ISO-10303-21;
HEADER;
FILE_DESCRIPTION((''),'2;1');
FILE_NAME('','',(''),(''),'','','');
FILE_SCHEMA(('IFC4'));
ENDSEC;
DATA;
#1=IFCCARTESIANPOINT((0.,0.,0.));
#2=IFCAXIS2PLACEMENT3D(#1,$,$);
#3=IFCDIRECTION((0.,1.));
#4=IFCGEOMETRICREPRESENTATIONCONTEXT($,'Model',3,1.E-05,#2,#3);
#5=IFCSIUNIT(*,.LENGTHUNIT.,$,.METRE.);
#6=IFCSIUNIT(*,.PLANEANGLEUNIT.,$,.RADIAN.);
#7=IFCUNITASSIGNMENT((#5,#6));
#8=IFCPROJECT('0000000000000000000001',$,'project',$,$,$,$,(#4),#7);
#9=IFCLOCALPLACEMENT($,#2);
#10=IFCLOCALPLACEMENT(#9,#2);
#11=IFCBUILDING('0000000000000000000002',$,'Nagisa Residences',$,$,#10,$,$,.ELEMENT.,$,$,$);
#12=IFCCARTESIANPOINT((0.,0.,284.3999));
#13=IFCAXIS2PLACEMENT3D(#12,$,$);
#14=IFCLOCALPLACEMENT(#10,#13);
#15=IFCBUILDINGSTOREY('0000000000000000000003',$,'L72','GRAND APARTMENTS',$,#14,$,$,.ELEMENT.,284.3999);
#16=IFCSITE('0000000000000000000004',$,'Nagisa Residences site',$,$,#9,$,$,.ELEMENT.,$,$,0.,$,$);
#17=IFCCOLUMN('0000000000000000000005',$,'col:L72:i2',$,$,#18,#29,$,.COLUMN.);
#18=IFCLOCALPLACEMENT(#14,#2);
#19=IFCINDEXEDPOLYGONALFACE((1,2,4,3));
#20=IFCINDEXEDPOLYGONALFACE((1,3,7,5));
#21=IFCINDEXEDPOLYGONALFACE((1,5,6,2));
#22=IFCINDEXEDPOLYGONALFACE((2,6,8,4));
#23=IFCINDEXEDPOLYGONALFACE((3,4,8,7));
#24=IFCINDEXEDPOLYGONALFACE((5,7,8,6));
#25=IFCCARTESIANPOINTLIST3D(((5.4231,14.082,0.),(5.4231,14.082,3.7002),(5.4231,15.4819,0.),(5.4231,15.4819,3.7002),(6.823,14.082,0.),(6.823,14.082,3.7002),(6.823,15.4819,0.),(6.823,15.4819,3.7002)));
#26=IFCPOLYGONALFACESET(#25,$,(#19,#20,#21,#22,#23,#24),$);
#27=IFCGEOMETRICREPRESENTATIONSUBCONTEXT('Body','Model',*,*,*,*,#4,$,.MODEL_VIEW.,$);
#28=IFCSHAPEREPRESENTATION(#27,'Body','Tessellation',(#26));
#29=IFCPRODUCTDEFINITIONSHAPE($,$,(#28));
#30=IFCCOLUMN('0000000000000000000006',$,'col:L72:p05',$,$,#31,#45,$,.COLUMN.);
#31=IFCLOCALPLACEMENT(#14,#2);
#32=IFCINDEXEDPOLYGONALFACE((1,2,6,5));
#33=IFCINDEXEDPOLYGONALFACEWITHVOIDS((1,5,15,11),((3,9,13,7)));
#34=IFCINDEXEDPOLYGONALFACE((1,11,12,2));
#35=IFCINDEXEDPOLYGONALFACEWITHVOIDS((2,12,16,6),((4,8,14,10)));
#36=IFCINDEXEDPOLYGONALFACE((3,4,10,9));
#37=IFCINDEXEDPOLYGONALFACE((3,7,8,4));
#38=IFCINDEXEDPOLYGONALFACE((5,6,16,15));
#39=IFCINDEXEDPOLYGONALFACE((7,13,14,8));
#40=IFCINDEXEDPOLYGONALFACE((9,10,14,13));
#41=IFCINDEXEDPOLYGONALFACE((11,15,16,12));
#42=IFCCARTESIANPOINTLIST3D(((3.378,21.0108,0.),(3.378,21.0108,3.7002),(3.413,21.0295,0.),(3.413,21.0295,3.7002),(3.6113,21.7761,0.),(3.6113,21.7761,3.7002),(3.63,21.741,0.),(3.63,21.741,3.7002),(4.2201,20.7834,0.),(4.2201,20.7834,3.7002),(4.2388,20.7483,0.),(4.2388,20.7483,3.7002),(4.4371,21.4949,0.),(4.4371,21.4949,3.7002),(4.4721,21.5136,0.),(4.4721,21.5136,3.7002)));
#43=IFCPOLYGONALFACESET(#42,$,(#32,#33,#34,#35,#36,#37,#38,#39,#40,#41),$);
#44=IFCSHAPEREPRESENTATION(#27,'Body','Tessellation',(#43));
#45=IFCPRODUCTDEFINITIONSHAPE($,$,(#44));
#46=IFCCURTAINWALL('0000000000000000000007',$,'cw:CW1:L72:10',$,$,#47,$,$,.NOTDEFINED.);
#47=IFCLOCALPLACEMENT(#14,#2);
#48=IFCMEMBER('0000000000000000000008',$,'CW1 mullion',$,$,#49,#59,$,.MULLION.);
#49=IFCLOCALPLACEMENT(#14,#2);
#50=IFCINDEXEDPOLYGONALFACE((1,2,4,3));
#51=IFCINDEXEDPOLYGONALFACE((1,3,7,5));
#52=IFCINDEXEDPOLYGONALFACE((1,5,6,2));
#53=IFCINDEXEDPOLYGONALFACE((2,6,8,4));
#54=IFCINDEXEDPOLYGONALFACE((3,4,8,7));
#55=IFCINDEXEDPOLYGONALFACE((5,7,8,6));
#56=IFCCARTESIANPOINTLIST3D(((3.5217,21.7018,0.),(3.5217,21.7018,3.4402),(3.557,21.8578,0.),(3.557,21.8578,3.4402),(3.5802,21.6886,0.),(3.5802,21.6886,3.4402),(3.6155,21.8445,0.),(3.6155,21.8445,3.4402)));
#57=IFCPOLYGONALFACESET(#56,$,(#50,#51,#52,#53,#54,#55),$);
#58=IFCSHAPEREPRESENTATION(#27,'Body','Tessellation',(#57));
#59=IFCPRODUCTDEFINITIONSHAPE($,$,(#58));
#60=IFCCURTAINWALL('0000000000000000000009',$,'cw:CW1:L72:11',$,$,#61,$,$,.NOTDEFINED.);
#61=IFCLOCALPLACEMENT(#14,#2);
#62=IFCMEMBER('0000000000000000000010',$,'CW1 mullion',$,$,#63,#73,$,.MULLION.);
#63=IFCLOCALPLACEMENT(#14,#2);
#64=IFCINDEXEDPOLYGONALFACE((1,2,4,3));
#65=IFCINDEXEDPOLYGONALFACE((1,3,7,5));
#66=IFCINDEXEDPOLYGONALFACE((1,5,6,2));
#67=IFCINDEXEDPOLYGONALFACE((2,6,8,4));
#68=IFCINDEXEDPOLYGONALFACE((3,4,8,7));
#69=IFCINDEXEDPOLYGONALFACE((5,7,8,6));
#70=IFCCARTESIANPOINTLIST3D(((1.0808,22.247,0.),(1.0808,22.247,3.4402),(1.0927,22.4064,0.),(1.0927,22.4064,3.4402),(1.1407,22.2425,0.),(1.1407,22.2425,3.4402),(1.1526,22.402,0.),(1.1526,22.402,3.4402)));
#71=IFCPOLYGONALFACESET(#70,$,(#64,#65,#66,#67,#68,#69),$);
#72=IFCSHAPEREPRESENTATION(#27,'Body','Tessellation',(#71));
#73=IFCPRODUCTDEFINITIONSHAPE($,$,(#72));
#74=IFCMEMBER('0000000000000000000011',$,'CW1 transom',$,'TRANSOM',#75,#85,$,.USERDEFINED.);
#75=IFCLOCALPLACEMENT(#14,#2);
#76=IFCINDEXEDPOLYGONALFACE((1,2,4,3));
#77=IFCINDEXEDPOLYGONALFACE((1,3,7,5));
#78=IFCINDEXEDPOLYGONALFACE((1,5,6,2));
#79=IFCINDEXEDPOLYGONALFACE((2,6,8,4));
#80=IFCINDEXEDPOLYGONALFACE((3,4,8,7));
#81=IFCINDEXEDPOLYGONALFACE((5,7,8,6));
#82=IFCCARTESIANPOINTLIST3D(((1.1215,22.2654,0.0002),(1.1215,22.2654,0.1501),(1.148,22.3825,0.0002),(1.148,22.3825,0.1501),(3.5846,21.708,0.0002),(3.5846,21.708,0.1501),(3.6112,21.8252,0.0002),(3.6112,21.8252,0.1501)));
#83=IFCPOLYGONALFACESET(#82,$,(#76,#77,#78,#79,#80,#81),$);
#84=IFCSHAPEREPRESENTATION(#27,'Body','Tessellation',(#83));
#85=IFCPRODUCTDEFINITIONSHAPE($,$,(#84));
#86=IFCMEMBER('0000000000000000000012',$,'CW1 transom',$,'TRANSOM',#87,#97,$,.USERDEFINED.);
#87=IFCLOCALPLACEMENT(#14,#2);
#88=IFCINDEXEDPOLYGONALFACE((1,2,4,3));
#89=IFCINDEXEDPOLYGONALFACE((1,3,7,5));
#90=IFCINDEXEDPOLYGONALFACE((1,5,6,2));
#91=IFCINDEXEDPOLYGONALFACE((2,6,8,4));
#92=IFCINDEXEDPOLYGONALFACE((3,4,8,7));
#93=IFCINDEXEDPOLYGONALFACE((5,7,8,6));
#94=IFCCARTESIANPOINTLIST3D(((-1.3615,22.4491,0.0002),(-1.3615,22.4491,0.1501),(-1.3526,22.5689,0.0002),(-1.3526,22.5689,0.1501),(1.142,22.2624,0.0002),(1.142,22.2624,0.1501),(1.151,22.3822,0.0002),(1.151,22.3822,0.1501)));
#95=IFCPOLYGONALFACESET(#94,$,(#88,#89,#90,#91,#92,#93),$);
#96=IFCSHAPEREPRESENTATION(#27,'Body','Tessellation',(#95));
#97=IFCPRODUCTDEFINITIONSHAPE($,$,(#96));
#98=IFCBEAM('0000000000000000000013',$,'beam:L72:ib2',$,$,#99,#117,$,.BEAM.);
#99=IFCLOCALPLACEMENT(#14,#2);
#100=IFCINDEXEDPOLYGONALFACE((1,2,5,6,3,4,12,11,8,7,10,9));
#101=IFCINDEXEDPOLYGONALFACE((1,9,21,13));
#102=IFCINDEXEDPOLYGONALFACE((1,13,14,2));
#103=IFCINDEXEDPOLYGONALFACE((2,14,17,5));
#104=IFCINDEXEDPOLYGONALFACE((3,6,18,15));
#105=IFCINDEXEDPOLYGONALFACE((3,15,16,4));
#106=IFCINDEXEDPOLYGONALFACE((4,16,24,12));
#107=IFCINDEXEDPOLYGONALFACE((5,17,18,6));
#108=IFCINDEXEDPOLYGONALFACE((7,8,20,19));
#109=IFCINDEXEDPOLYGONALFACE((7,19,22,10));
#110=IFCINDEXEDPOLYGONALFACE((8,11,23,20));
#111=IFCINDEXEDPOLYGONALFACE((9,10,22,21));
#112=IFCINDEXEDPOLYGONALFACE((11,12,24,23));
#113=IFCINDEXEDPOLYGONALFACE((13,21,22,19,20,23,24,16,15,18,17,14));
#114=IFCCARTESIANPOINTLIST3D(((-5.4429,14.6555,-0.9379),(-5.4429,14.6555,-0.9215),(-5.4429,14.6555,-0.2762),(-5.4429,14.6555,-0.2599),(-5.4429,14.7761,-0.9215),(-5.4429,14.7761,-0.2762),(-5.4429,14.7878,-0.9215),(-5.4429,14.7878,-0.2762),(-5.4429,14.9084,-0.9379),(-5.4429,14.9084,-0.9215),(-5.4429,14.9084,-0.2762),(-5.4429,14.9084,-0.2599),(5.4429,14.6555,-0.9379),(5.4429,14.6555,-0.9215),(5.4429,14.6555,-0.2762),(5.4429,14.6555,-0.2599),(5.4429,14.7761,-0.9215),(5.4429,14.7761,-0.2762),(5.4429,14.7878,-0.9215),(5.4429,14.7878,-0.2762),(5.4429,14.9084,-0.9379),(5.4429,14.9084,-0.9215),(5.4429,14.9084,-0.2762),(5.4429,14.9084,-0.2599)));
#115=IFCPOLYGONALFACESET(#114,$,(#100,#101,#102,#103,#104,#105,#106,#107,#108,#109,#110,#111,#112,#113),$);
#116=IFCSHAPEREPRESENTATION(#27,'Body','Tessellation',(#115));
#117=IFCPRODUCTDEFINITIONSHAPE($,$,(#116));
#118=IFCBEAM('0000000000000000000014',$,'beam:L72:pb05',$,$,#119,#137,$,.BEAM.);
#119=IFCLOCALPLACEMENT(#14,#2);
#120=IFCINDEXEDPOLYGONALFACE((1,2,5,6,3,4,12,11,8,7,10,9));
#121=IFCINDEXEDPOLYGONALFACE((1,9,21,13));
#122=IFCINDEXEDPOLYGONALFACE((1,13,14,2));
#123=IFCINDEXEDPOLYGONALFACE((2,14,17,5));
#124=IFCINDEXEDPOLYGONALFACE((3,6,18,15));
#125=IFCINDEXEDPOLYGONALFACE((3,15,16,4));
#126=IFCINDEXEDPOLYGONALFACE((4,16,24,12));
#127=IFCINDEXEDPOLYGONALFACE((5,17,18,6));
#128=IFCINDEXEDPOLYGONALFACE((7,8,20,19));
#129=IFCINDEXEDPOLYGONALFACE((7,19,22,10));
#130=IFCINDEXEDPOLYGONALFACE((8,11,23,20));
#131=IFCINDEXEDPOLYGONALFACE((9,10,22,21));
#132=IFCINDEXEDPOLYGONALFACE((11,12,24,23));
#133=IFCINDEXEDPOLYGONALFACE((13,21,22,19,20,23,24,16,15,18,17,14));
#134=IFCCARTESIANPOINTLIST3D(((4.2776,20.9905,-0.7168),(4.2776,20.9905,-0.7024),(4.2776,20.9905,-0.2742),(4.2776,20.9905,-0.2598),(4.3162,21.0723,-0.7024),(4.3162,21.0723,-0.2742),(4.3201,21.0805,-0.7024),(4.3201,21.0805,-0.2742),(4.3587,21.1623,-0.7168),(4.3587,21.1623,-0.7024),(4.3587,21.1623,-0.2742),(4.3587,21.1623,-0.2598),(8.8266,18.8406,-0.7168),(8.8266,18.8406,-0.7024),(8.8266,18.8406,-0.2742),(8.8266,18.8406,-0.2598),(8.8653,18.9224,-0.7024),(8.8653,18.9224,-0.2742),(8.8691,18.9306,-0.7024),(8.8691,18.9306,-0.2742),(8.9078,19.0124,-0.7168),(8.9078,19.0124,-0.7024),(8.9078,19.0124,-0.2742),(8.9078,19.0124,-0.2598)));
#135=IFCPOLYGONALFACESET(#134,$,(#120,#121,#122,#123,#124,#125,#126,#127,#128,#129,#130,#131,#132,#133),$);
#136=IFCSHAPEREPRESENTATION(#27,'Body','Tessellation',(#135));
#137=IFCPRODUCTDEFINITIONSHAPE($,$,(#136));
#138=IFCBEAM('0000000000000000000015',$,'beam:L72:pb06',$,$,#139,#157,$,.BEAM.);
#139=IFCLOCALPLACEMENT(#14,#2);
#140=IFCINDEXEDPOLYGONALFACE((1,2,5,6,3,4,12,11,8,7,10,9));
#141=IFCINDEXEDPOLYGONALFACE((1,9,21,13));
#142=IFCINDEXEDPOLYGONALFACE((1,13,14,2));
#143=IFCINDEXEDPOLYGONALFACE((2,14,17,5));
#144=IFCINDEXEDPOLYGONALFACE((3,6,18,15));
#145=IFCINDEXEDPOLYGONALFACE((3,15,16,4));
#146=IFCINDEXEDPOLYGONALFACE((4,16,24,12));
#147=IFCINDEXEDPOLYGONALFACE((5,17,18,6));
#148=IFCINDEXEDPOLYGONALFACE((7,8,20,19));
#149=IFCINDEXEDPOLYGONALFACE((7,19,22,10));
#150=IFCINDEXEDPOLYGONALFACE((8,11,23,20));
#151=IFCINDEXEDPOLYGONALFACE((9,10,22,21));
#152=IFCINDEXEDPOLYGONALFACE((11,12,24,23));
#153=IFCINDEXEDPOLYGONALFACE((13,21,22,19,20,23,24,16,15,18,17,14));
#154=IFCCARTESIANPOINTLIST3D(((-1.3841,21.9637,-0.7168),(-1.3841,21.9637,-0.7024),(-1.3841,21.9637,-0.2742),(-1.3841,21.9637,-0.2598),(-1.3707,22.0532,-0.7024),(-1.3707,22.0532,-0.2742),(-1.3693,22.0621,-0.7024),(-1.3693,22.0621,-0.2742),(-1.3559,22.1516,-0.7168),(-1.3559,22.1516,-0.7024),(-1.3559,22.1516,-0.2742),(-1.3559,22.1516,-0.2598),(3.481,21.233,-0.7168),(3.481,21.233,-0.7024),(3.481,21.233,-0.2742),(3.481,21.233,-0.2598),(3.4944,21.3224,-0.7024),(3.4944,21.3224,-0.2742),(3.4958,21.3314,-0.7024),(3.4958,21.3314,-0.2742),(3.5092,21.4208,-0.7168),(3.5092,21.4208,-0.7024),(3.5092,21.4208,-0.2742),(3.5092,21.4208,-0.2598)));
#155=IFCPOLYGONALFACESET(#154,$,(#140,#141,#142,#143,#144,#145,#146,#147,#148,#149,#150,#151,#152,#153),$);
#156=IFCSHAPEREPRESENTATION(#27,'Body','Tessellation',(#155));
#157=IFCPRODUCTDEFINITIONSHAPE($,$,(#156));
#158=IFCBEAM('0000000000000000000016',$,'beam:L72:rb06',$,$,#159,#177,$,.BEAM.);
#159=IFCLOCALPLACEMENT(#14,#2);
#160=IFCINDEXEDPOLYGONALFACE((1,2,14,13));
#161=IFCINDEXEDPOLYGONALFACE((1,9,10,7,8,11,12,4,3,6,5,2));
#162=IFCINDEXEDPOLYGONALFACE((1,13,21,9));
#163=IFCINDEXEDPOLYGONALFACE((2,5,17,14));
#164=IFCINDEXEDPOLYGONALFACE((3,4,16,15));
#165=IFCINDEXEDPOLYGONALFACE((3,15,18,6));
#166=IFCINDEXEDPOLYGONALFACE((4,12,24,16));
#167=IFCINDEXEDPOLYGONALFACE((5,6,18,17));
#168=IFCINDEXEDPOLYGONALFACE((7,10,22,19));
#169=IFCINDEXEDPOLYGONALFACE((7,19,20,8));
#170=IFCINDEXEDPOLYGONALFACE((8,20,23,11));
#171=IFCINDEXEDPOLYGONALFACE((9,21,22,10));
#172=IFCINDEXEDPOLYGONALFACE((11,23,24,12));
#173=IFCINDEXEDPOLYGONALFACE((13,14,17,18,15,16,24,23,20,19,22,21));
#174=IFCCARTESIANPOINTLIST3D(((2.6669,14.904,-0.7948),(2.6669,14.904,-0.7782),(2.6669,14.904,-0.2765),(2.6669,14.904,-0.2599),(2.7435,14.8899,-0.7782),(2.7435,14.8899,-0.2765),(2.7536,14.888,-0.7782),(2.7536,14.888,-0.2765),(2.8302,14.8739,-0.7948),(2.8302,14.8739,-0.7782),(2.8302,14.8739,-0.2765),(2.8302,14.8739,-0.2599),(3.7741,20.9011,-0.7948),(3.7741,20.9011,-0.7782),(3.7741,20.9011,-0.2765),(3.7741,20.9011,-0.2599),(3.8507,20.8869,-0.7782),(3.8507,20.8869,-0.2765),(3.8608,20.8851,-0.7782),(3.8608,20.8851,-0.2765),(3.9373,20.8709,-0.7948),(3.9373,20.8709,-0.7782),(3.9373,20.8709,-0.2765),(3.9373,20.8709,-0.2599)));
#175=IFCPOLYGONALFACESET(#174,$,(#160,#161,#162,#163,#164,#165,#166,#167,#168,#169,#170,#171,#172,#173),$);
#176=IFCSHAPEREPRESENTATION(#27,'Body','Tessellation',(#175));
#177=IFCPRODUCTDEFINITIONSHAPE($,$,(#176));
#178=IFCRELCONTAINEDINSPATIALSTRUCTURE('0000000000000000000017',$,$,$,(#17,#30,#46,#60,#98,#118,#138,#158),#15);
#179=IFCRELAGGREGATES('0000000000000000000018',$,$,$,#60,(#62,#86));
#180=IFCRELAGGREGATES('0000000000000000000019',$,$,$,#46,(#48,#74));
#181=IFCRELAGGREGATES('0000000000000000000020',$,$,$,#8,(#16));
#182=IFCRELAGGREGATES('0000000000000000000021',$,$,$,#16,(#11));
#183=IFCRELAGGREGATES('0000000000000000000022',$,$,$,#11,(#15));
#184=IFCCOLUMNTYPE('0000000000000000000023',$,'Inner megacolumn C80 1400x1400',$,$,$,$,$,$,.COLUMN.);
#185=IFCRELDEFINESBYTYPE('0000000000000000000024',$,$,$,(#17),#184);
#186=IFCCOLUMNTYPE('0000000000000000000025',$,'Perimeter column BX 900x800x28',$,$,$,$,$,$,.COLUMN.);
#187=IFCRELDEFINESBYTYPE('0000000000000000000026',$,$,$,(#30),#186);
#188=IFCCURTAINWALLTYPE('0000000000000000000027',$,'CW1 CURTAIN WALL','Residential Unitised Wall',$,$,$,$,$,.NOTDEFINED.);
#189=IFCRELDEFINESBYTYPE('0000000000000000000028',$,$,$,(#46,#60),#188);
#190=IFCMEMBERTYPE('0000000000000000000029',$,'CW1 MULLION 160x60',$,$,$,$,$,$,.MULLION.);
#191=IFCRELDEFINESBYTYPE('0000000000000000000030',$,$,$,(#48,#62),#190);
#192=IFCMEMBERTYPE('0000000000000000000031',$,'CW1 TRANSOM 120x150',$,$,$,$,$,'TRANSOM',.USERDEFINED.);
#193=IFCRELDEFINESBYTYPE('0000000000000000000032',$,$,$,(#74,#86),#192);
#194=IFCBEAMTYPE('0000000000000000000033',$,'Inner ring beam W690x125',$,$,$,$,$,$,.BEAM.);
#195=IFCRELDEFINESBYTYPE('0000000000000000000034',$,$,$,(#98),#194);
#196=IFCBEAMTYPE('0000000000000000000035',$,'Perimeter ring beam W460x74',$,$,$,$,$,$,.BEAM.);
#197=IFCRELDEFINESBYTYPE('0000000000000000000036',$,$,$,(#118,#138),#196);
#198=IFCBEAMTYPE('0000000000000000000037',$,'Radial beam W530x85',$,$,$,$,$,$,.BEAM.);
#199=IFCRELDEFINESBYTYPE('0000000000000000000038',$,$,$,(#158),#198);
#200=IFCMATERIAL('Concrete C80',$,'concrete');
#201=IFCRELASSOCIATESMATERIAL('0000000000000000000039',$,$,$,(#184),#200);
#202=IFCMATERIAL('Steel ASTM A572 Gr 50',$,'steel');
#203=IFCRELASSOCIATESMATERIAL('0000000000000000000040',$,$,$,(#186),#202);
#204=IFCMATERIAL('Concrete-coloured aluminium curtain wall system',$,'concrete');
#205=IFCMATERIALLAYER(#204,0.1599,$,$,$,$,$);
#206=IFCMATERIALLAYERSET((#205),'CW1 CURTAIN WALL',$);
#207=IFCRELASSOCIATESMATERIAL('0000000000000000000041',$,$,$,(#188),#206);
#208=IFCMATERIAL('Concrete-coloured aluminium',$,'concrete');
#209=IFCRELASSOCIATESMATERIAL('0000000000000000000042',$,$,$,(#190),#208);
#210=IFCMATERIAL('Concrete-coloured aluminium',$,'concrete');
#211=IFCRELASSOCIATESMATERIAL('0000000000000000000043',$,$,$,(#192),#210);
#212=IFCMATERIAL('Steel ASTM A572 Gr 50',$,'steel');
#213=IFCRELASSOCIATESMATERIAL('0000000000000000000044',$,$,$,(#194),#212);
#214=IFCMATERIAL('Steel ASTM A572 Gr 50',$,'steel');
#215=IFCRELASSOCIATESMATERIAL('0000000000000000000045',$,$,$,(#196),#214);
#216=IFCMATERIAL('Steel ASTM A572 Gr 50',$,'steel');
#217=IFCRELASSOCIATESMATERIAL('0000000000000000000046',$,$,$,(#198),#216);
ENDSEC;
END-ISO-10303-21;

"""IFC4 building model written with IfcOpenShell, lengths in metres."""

from ifc_helpers import new_model, si_unit, direction, frame, origin, origin_2d, place, context, subcontext, project, spatial, rectangle, hollow_rectangle, i_section, extrude, material, layer, layer_set, material_profile, profile_set, type_object, element, aggregate, save


model = new_model("IFC4")

# Units and contexts
model_context = context("Model", 3, precision=1e-05, world=origin(), true_north=direction((0.0, 1.0)))
body_context = subcontext(model_context, "Body", "Model", "MODEL_VIEW")
ifc_project = project(units=[si_unit("LENGTHUNIT", "METRE"), si_unit("PLANEANGLEUNIT", "RADIAN")], contexts=[model_context])

# Site, building, storey
site_placement = place(None, origin())
site = spatial("IfcSite", under=ifc_project, at=site_placement, Name="Nagisa Residences site", CompositionType="ELEMENT", RefElevation=0.0)
building_placement = place(site_placement, origin())
building = spatial("IfcBuilding", under=site, at=building_placement, Name="Nagisa Residences", CompositionType="ELEMENT")
storey_placement = place(building_placement, frame((0.0, 0.0, 284.3999)))
storey = spatial("IfcBuildingStorey", under=building, at=storey_placement, Name="L72", Description="GRAND APARTMENTS", CompositionType="ELEMENT", Elevation=284.3999)

# Columns
ifc_material_1 = material(Name="Concrete C80", Category="concrete")
ifc_material_profile_1 = material_profile(ifc_material_1, rectangle(XDim=1.3999, YDim=1.3999, at=origin_2d()), Name="C80 1400x1400")
ifc_profile_set_1 = profile_set([ifc_material_profile_1], Name="Concrete C80")
column_type_1 = type_object("IfcColumnType", Name="Inner megacolumn C80 1400x1400", PredefinedType="COLUMN", material=ifc_profile_set_1)
column_1_placement = place(storey_placement, frame((6.123, 14.782, 0.0), z_axis=(0.0, 0.0, 1.0), x_axis=(1.0, 0.0, 0.0)))
element("IfcColumn", 1, at=column_1_placement, inside=storey, type_object=column_type_1, Name="col:L72:i2", PredefinedType="COLUMN", context=body_context, shape_type="SweptSolid", body=[
    extrude(rectangle(XDim=1.3999, YDim=1.3999, at=origin_2d()), origin(), (0.0, 0.0, 1.0), 3.7002),
])
ifc_material_2 = material(Name="Steel ASTM A572 Gr 50", Category="steel")
ifc_material_profile_2 = material_profile(ifc_material_2, hollow_rectangle(XDim=0.8999, YDim=0.8, WallThickness=0.0281, at=origin_2d()), Name="BX 900x800x28")
ifc_profile_set_2 = profile_set([ifc_material_profile_2], Name="Steel ASTM A572 Gr 50")
column_type_2 = type_object("IfcColumnType", Name="Perimeter column BX 900x800x28", PredefinedType="COLUMN", material=ifc_profile_set_2)
column_2_placement = place(storey_placement, frame((3.925, 21.2622, 0.0), z_axis=(0.0, 0.0, 1.0), x_axis=(-0.956525, 0.291652, 0.0)))
element("IfcColumn", 2, at=column_2_placement, inside=storey, type_object=column_type_2, Name="col:L72:p05", PredefinedType="COLUMN", context=body_context, shape_type="SweptSolid", body=[
    extrude(hollow_rectangle(XDim=0.8999, YDim=0.8, WallThickness=0.0281, at=origin_2d()), origin(), (0.0, 0.0, 1.0), 3.7002),
])

# Curtain walls, members
ifc_material_3 = material(Name="Concrete-coloured aluminium curtain wall system", Category="concrete")
ifc_layer_1 = layer(ifc_material_3, 0.1599)
ifc_layer_set_1 = layer_set([ifc_layer_1], Name="CW1 CURTAIN WALL")
curtain_wall_type = type_object("IfcCurtainWallType", Name="CW1 CURTAIN WALL", Description="Residential Unitised Wall", PredefinedType="NOTDEFINED", material=ifc_layer_set_1)
curtain_wall_1_placement = place(storey_placement, origin())
curtain_wall_1 = element("IfcCurtainWall", 3, at=curtain_wall_1_placement, inside=storey, type_object=curtain_wall_type, Name="cw:CW1:L72:10", PredefinedType="NOTDEFINED")
ifc_material_4 = material(Name="Concrete-coloured aluminium", Category="concrete")
ifc_material_profile_3 = material_profile(ifc_material_4, rectangle(XDim=0.1599, YDim=0.0601, at=origin_2d()), Name="CW1 MULLION 160x60")
ifc_profile_set_3 = profile_set([ifc_material_profile_3], Name="Concrete-coloured aluminium")
member_type_1 = type_object("IfcMemberType", Name="CW1 MULLION 160x60", PredefinedType="MULLION", material=ifc_profile_set_3)
member_1_placement = place(storey_placement, frame((3.5686, 21.7732, 0.0), z_axis=(0.0, 0.0, 1.0), x_axis=(-0.220764, -0.975327, 0.0)))
member_1 = element("IfcMember", 4, at=member_1_placement, type_object=member_type_1, Name="CW1 mullion", PredefinedType="MULLION", context=body_context, shape_type="SweptSolid", body=[
    extrude(rectangle(XDim=0.1599, YDim=0.0601, at=origin_2d()), origin(), (0.0, 0.0, 1.0), 3.4402),
])
curtain_wall_2_placement = place(storey_placement, origin())
curtain_wall_2 = element("IfcCurtainWall", 5, at=curtain_wall_2_placement, inside=storey, type_object=curtain_wall_type, Name="cw:CW1:L72:11", PredefinedType="NOTDEFINED")
member_2_placement = place(storey_placement, frame((1.1167, 22.3245, 0.0), z_axis=(0.0, 0.0, 1.0), x_axis=(-0.074377, -0.99723, 0.0)))
member_2 = element("IfcMember", 6, at=member_2_placement, type_object=member_type_1, Name="CW1 mullion", PredefinedType="MULLION", context=body_context, shape_type="SweptSolid", body=[
    extrude(rectangle(XDim=0.1599, YDim=0.0601, at=origin_2d()), origin(), (0.0, 0.0, 1.0), 3.4402),
])

# Members
ifc_material_5 = material(Name="Concrete-coloured aluminium", Category="concrete")
ifc_material_profile_4 = material_profile(ifc_material_5, rectangle(XDim=0.1201, YDim=0.1499, at=origin_2d()), Name="CW1 TRANSOM 120x150")
ifc_profile_set_4 = profile_set([ifc_material_profile_4], Name="Concrete-coloured aluminium")
member_type_2 = type_object("IfcMemberType", Name="CW1 TRANSOM 120x150", ElementType="TRANSOM", PredefinedType="USERDEFINED", material=ifc_profile_set_4)
member_3_placement = place(storey_placement, frame((3.5979, 21.7666, 0.0752), z_axis=(-0.97534, 0.220706, 0.0), x_axis=(-0.220706, -0.97534, 0.0)))
member_3 = element("IfcMember", 7, at=member_3_placement, type_object=member_type_2, Name="CW1 transom", ObjectType="TRANSOM", PredefinedType="USERDEFINED", context=body_context, shape_type="SweptSolid", body=[
    extrude(rectangle(XDim=0.1201, YDim=0.1499, at=origin_2d()), origin(), (0.0, 0.0, 1.0), 2.5254),
])
member_4_placement = place(storey_placement, frame((1.1465, 22.3223, 0.0752), z_axis=(-0.997229, 0.074391, 0.0), x_axis=(-0.074391, -0.997229, 0.0)))
member_4 = element("IfcMember", 8, at=member_4_placement, type_object=member_type_2, Name="CW1 transom", ObjectType="TRANSOM", PredefinedType="USERDEFINED", context=body_context, shape_type="SweptSolid", body=[
    extrude(rectangle(XDim=0.1201, YDim=0.1499, at=origin_2d()), origin(), (0.0, 0.0, 1.0), 2.5105),
])
aggregate(curtain_wall_2, [member_2, member_4])

# Beams
ifc_material_6 = material(Name="Steel ASTM A572 Gr 50", Category="steel")
ifc_material_profile_5 = material_profile(ifc_material_6, i_section(OverallWidth=0.2529, OverallDepth=0.678, WebThickness=0.0117, FlangeThickness=0.0164, at=origin_2d()), Name="W690x125")
ifc_profile_set_5 = profile_set([ifc_material_profile_5], Name="Steel ASTM A572 Gr 50")
beam_type_1 = type_object("IfcBeamType", Name="Inner ring beam W690x125", PredefinedType="BEAM", material=ifc_profile_set_5)
beam_1_placement = place(storey_placement, frame((5.4429, 14.782, -0.5989), z_axis=(-1.0, 0.0, 0.0), x_axis=(0.0, -1.0, 0.0)))
element("IfcBeam", 9, at=beam_1_placement, inside=storey, type_object=beam_type_1, Name="beam:L72:ib2", PredefinedType="BEAM", context=body_context, shape_type="SweptSolid", body=[
    extrude(i_section(OverallWidth=0.2529, OverallDepth=0.678, WebThickness=0.0117, FlangeThickness=0.0164, at=origin_2d()), origin(), (0.0, 0.0, 1.0), 10.8857),
])
ifc_material_7 = material(Name="Steel ASTM A572 Gr 50", Category="steel")
ifc_material_profile_6 = material_profile(ifc_material_7, i_section(OverallWidth=0.1899, OverallDepth=0.457, WebThickness=0.009, FlangeThickness=0.0144, at=origin_2d()), Name="W460x74")
ifc_profile_set_6 = profile_set([ifc_material_profile_6], Name="Steel ASTM A572 Gr 50")
beam_type_2 = type_object("IfcBeamType", Name="Perimeter ring beam W460x74", PredefinedType="BEAM", material=ifc_profile_set_6)
beam_2_placement = place(storey_placement, frame((8.8672, 18.9265, -0.4883), z_axis=(-0.904116, 0.427287, 0.0), x_axis=(-0.427287, -0.904116, 0.0)))
element("IfcBeam", 10, at=beam_2_placement, inside=storey, type_object=beam_type_2, Name="beam:L72:pb05", PredefinedType="BEAM", context=body_context, shape_type="SweptSolid", body=[
    extrude(i_section(OverallWidth=0.1899, OverallDepth=0.457, WebThickness=0.009, FlangeThickness=0.0144, at=origin_2d()), origin(), (0.0, 0.0, 1.0), 5.0315),
])
beam_3_placement = place(storey_placement, frame((3.4951, 21.3269, -0.4883), z_axis=(-0.988908, 0.148532, 0.0), x_axis=(-0.148532, -0.988908, 0.0)))
element("IfcBeam", 11, at=beam_3_placement, inside=storey, type_object=beam_type_2, Name="beam:L72:pb06", PredefinedType="BEAM", context=body_context, shape_type="SweptSolid", body=[
    extrude(i_section(OverallWidth=0.1899, OverallDepth=0.457, WebThickness=0.009, FlangeThickness=0.0144, at=origin_2d()), origin(), (0.0, 0.0, 1.0), 4.9197),
])
ifc_material_8 = material(Name="Steel ASTM A572 Gr 50", Category="steel")
ifc_material_profile_7 = material_profile(ifc_material_8, i_section(OverallWidth=0.166, OverallDepth=0.5349, WebThickness=0.0103, FlangeThickness=0.0166, at=origin_2d()), Name="W530x85")
ifc_profile_set_7 = profile_set([ifc_material_profile_7], Name="Steel ASTM A572 Gr 50")
beam_type_3 = type_object("IfcBeamType", Name="Radial beam W530x85", PredefinedType="BEAM", material=ifc_profile_set_7)
beam_4_placement = place(storey_placement, frame((3.8557, 20.886, -0.5273), z_axis=(-0.181552, -0.983381, 0.0), x_axis=(0.983381, -0.181552, 0.0)))
element("IfcBeam", 12, at=beam_4_placement, inside=storey, type_object=beam_type_3, Name="beam:L72:rb06", PredefinedType="BEAM", context=body_context, shape_type="SweptSolid", body=[
    extrude(i_section(OverallWidth=0.166, OverallDepth=0.5349, WebThickness=0.0103, FlangeThickness=0.0166, at=origin_2d()), origin(), (0.0, 0.0, 1.0), 6.0984),
])

aggregate(curtain_wall_1, [member_1, member_3])

save(model, "model.ifc")
